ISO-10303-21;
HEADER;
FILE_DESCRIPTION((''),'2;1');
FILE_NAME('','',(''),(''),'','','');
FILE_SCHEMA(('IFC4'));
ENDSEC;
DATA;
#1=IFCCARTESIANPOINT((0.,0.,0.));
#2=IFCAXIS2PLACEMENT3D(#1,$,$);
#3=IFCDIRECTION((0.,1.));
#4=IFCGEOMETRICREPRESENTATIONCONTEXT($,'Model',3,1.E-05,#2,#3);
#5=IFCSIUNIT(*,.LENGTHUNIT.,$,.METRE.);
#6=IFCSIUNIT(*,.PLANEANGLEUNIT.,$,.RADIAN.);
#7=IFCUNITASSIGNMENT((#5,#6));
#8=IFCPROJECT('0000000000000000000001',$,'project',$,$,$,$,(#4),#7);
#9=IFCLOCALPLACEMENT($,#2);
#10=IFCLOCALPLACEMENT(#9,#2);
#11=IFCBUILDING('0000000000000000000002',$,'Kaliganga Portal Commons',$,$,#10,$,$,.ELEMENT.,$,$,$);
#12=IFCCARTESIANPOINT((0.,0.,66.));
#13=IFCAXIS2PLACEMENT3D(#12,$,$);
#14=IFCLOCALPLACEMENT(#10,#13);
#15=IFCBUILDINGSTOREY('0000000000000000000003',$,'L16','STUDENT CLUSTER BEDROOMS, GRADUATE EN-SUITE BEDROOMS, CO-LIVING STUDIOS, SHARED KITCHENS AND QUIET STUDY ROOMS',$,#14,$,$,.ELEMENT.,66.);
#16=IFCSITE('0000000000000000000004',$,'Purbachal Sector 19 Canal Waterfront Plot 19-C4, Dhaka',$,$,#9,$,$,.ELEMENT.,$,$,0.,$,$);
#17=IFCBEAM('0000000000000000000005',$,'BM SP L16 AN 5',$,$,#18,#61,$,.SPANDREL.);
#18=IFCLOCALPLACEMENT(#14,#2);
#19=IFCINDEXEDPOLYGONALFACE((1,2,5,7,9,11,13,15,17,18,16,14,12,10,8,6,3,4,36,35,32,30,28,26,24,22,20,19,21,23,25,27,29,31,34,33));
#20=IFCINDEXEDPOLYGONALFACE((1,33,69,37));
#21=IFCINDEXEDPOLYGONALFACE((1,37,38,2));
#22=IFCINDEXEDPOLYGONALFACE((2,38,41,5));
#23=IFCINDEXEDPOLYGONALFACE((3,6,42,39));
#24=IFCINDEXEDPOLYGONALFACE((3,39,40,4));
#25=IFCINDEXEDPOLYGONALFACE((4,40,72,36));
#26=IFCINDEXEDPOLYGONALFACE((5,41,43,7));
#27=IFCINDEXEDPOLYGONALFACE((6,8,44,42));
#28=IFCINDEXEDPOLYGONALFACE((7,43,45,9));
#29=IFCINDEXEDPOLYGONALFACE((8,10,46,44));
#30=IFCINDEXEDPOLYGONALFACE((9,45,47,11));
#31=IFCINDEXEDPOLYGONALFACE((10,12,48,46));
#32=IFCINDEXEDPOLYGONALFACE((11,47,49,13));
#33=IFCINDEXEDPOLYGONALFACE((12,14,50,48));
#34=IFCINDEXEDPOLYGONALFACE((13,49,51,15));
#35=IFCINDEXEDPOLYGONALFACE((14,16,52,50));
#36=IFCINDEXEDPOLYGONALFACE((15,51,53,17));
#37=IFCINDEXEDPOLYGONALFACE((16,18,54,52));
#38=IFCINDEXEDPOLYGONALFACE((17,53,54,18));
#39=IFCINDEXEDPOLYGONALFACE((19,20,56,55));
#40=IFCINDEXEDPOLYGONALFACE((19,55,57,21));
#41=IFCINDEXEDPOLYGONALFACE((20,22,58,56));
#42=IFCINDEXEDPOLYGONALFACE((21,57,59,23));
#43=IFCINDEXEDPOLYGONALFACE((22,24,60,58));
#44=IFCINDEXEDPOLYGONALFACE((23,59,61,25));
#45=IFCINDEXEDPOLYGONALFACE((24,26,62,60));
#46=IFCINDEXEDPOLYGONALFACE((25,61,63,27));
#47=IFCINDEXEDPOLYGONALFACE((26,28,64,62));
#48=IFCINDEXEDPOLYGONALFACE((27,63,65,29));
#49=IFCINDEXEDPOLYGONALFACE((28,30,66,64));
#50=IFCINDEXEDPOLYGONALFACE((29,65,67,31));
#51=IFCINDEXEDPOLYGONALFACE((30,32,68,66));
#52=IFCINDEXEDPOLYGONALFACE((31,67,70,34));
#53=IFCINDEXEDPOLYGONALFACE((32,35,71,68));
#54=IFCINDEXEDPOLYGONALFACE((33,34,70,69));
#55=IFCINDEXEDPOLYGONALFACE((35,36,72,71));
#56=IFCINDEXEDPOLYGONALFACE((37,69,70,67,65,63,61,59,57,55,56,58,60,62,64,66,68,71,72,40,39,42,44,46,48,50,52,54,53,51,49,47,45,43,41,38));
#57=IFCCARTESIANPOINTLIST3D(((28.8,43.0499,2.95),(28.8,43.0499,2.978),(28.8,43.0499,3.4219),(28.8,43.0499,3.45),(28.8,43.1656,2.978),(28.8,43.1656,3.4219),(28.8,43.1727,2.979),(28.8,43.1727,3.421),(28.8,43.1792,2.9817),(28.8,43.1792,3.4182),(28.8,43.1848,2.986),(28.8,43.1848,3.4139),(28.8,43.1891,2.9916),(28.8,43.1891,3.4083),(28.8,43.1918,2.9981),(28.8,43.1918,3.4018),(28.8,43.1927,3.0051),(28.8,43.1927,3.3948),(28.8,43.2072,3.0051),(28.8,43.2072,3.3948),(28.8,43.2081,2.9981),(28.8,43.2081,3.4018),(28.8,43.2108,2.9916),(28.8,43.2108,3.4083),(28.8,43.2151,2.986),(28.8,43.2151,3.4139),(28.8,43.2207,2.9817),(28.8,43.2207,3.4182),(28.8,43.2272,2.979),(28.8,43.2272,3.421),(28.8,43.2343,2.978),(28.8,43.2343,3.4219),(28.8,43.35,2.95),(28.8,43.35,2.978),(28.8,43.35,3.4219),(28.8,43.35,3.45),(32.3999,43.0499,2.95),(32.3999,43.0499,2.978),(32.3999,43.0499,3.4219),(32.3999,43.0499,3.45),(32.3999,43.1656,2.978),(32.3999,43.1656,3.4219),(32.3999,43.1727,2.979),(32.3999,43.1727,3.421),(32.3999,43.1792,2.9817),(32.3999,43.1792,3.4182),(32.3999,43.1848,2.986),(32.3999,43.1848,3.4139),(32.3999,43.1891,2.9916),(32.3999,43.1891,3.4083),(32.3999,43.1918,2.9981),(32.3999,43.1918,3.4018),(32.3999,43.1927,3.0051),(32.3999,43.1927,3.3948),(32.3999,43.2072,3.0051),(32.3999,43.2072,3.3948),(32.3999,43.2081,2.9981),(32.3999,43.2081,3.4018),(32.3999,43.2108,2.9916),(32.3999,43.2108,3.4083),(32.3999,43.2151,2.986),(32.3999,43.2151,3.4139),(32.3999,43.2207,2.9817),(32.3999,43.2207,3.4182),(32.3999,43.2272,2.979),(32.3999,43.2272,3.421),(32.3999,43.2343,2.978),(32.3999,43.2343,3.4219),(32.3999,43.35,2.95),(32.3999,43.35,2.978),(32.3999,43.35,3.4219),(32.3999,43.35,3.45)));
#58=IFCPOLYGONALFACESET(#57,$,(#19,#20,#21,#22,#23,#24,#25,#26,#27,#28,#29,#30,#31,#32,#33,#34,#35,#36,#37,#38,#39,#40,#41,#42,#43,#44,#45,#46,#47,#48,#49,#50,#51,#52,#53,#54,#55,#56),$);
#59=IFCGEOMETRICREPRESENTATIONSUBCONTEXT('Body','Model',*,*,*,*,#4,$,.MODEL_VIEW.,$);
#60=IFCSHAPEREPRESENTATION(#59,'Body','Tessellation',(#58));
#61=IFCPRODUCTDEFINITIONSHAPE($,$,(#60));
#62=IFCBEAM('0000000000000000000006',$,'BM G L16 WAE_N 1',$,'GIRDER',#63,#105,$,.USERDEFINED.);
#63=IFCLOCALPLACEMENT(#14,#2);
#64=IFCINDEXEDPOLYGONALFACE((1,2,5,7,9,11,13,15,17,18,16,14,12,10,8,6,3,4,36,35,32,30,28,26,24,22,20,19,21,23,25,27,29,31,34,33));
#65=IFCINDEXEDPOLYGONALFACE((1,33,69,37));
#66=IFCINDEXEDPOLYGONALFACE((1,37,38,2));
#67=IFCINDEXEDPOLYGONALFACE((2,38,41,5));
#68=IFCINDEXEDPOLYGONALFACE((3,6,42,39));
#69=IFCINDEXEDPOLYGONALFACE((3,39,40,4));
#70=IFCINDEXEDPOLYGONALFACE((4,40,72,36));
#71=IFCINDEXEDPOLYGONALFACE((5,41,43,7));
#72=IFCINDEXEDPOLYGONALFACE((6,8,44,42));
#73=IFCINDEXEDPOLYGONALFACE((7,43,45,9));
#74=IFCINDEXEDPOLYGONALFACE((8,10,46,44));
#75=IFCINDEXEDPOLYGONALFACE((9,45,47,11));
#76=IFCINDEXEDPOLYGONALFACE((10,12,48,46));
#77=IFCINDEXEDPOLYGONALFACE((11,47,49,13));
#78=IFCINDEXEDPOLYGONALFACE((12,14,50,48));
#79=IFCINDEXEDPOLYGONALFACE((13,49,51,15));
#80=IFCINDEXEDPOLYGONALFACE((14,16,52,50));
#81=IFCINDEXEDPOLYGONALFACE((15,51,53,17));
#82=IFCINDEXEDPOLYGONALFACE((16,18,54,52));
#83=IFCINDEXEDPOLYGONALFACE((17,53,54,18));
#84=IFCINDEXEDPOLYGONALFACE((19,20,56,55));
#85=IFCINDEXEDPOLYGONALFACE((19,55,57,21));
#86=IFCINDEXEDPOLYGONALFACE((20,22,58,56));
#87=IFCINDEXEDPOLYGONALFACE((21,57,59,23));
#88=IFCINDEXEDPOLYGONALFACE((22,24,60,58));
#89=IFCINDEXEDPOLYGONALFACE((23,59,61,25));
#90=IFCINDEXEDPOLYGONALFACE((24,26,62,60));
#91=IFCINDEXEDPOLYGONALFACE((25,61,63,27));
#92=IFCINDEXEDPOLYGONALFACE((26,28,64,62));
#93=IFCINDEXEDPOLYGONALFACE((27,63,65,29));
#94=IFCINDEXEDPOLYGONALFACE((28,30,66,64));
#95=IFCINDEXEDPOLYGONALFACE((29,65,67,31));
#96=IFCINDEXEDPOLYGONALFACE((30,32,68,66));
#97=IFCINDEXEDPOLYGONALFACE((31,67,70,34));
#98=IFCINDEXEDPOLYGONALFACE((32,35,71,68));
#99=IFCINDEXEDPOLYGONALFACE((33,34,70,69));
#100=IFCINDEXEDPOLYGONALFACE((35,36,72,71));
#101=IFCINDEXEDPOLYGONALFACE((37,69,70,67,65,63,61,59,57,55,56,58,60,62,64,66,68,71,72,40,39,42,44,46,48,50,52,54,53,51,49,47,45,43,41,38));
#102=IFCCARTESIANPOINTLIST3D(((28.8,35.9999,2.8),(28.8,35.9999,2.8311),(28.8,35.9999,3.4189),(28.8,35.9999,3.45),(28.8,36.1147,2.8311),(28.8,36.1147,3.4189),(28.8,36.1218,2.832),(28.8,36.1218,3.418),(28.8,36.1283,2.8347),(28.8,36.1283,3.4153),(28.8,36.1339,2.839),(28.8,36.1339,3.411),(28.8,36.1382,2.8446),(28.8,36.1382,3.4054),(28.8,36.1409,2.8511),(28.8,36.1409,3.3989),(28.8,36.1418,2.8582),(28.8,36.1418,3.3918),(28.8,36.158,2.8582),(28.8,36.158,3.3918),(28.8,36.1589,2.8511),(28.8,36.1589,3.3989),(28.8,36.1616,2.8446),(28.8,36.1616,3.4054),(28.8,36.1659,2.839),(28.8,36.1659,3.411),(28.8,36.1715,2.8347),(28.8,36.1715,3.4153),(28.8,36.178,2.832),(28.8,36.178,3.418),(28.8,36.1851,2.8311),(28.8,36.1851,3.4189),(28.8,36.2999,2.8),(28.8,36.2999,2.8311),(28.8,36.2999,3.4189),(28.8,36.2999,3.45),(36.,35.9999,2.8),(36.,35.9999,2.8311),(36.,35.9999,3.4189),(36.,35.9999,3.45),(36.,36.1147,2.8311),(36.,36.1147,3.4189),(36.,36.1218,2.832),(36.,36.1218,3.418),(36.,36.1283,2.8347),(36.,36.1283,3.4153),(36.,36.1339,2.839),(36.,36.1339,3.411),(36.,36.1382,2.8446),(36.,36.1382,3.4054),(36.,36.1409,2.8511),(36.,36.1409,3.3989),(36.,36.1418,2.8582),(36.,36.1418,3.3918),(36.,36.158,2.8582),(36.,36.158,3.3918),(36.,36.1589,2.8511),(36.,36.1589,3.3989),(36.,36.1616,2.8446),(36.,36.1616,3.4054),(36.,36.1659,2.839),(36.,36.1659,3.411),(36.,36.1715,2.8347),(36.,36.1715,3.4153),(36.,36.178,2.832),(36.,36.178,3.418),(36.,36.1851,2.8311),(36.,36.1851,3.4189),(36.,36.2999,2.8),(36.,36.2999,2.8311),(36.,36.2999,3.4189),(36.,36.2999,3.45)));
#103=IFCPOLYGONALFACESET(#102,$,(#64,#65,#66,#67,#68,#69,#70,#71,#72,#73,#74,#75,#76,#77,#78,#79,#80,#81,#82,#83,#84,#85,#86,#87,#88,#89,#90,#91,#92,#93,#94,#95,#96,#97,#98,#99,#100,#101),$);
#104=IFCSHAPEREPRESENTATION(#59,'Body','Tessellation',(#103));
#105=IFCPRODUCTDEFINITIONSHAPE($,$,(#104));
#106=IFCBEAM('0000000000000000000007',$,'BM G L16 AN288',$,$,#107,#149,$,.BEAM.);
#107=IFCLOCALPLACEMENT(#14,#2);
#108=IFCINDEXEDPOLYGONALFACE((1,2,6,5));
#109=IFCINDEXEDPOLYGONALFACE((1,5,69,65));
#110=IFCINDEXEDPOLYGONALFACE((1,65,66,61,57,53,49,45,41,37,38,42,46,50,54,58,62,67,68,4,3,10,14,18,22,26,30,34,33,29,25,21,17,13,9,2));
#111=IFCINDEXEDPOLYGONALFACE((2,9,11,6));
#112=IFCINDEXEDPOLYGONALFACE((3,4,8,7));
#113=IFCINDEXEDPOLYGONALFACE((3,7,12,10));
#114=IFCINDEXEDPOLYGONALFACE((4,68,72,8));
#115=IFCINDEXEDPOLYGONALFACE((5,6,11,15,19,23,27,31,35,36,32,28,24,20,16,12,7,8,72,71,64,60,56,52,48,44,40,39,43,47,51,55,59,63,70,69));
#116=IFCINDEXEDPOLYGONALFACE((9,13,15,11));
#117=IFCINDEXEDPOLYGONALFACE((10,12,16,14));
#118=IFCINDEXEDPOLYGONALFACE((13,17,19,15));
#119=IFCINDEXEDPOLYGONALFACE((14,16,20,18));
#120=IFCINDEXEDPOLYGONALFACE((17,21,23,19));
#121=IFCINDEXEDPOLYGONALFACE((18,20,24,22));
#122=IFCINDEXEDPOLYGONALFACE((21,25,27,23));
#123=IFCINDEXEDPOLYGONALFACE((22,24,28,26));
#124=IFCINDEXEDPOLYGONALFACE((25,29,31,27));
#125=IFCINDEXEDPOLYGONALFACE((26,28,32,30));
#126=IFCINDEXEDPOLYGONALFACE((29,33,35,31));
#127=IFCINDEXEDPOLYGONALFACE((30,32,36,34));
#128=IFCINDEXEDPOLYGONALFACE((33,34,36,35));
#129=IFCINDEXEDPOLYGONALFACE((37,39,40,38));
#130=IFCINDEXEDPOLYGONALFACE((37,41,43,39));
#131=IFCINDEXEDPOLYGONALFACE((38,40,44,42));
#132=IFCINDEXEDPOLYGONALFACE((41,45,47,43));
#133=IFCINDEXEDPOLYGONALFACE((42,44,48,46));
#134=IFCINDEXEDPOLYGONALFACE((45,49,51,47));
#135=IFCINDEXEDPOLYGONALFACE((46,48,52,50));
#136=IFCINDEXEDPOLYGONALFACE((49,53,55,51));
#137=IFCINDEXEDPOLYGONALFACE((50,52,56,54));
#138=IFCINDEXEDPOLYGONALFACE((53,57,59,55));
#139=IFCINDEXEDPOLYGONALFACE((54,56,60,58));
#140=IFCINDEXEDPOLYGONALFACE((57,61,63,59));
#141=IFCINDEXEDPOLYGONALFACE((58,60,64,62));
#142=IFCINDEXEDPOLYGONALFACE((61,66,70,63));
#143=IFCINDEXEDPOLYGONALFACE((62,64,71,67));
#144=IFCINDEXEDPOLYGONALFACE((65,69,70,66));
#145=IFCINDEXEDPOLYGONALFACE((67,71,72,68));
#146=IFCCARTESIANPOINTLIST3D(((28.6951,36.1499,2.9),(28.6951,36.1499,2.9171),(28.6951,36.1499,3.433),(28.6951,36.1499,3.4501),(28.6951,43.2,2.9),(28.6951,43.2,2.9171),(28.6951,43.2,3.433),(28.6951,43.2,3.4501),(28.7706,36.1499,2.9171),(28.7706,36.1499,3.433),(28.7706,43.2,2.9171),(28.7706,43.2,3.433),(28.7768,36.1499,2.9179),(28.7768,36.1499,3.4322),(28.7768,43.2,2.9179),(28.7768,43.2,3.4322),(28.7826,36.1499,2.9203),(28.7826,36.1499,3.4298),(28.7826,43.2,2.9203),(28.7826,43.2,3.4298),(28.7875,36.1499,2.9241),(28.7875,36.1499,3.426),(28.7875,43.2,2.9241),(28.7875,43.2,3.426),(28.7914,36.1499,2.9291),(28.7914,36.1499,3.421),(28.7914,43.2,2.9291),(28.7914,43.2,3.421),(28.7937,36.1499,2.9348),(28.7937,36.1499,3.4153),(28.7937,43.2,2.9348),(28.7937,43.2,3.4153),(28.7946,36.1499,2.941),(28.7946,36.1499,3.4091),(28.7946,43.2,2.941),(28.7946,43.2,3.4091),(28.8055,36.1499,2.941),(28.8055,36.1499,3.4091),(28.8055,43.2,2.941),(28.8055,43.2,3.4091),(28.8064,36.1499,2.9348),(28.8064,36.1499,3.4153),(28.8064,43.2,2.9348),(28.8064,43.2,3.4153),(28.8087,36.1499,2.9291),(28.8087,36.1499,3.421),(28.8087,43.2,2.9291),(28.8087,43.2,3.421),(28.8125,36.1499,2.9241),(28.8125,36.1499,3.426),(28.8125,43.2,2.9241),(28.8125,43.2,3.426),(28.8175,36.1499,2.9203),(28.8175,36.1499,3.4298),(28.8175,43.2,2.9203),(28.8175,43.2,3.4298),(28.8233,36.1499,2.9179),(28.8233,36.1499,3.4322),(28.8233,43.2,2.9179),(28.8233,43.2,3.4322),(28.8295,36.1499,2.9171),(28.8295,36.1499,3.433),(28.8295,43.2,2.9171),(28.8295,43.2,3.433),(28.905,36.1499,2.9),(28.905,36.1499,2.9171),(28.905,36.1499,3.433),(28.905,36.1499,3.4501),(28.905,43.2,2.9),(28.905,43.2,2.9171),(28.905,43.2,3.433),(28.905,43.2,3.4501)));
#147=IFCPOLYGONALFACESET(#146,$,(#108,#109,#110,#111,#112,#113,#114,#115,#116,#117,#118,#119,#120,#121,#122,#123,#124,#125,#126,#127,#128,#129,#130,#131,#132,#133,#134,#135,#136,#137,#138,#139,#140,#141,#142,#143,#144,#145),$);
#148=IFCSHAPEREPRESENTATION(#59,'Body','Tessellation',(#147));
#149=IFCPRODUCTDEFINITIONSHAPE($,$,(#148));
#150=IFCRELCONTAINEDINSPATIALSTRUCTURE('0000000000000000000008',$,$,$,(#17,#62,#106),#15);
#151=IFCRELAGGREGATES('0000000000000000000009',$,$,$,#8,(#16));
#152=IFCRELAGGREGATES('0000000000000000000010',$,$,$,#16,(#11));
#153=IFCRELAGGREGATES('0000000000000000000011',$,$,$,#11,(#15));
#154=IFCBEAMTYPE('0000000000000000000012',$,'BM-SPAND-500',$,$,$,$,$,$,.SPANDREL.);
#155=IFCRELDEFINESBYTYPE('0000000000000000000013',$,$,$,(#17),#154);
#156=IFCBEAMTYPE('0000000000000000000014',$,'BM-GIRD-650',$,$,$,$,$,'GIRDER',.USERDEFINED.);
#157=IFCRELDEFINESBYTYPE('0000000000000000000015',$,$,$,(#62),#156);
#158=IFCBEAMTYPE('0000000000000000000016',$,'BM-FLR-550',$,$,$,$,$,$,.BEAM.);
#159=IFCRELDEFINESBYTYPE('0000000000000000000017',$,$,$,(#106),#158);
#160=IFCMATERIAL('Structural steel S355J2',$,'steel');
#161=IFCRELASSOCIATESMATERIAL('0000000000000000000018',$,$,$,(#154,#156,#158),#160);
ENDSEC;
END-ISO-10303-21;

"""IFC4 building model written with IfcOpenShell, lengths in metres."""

from ifc_helpers import new_model, si_unit, direction, frame, origin, origin_2d, place, context, subcontext, project, spatial, i_section, extrude, source, transform, mapped, material, material_profile, profile_set, type_object, element, save


model = new_model("IFC4")

# Units and contexts
model_context = context("Model", 3, precision=1e-05, world=origin(), true_north=direction((0.0, 1.0)))
body_context = subcontext(model_context, "Body", "Model", "MODEL_VIEW")
ifc_project = project(units=[si_unit("LENGTHUNIT", "METRE"), si_unit("PLANEANGLEUNIT", "RADIAN")], contexts=[model_context])

# Site, building, storey
site_placement = place(None, origin())
site = spatial("IfcSite", under=ifc_project, at=site_placement, Name="Purbachal Sector 19 Canal Waterfront Plot 19-C4, Dhaka", CompositionType="ELEMENT", RefElevation=0.0)
building_placement = place(site_placement, origin())
building = spatial("IfcBuilding", under=site, at=building_placement, Name="Kaliganga Portal Commons", CompositionType="ELEMENT")
storey_placement = place(building_placement, frame((0.0, 0.0, 66.0)))
storey = spatial("IfcBuildingStorey", under=building, at=storey_placement, Name="L16", Description="STUDENT CLUSTER BEDROOMS, GRADUATE EN-SUITE BEDROOMS, CO-LIVING STUDIOS, SHARED KITCHENS AND QUIET STUDY ROOMS", CompositionType="ELEMENT", Elevation=66.0)

# Beams
ifc_material_1 = material(Name="Structural steel S355J2", Category="steel")
ifc_material_profile_1 = material_profile(ifc_material_1, i_section(OverallWidth=0.3, OverallDepth=0.5, WebThickness=0.0144, FlangeThickness=0.0281, FilletRadius=0.0271, at=origin_2d()), Name="HE 500 B")
ifc_profile_set_1 = profile_set([ifc_material_profile_1], Name="Structural steel S355J2 wide-flange")
beam_type_1 = type_object("IfcBeamType", Name="BM-SPAND-500", PredefinedType="SPANDREL", material=ifc_profile_set_1)
shared_shape_1 = source(origin(), body_context, "Body", "SweptSolid", [
    extrude(i_section(OverallWidth=0.3, OverallDepth=0.5, WebThickness=0.0144, FlangeThickness=0.0281, FilletRadius=0.0271, at=origin_2d()), origin(), (0.0, 0.0, 1.0), 3.5999),
])
for number, where, z_axis, x_axis, name in (
    (1, (28.8, 43.2, 3.2), (1.0, 0.0, 0.0), (0.0, 1.0, 0.0), "BM SP L16 AN 5"),
):
    element("IfcBeam", number, at=place(storey_placement, frame(where, z_axis=z_axis, x_axis=x_axis)), inside=storey, type_object=beam_type_1, Name=name, PredefinedType="SPANDREL", context=body_context, shape_type="MappedRepresentation", body=[
        mapped(shared_shape_1, transform((0.0, 0.0, 0.0), x_axis=(1.0, 0.0, 0.0), y_axis=(0.0, 1.0, 0.0), z_axis=(0.0, 0.0, 1.0), scale=1.0)),
    ])
ifc_material_profile_2 = material_profile(ifc_material_1, i_section(OverallWidth=0.3, OverallDepth=0.6499, WebThickness=0.0161, FlangeThickness=0.031, FilletRadius=0.0271, at=origin_2d()), Name="HE 650 B")
ifc_profile_set_2 = profile_set([ifc_material_profile_2], Name="Structural steel S355J2 wide-flange")
beam_type_2 = type_object("IfcBeamType", Name="BM-GIRD-650", ElementType="GIRDER", PredefinedType="USERDEFINED", material=ifc_profile_set_2)
shared_shape_2 = source(origin(), body_context, "Body", "SweptSolid", [
    extrude(i_section(OverallWidth=0.3, OverallDepth=0.6499, WebThickness=0.0161, FlangeThickness=0.031, FilletRadius=0.0271, at=origin_2d()), origin(), (0.0, 0.0, 1.0), 7.2),
])
beam_1_placement = place(storey_placement, frame((28.8, 36.1499, 3.125), z_axis=(1.0, 0.0, 0.0), x_axis=(0.0, 1.0, 0.0)))
element("IfcBeam", 2, at=beam_1_placement, inside=storey, type_object=beam_type_2, Name="BM G L16 WAE_N 1", ObjectType="GIRDER", PredefinedType="USERDEFINED", context=body_context, shape_type="MappedRepresentation", body=[
    mapped(shared_shape_2, transform((0.0, 0.0, 0.0), x_axis=(1.0, 0.0, 0.0), y_axis=(0.0, 1.0, 0.0), z_axis=(0.0, 0.0, 1.0), scale=1.0)),
])
ifc_material_profile_3 = material_profile(ifc_material_1, i_section(OverallWidth=0.21, OverallDepth=0.55, WebThickness=0.011, FlangeThickness=0.0171, FilletRadius=0.0239, at=origin_2d()), Name="IPE 550")
ifc_profile_set_3 = profile_set([ifc_material_profile_3], Name="Structural steel S355J2 wide-flange")
beam_type_3 = type_object("IfcBeamType", Name="BM-FLR-550", PredefinedType="BEAM", material=ifc_profile_set_3)
shared_shape_3 = source(origin(), body_context, "Body", "SweptSolid", [
    extrude(i_section(OverallWidth=0.21, OverallDepth=0.55, WebThickness=0.011, FlangeThickness=0.0171, FilletRadius=0.0239, at=origin_2d()), origin(), (0.0, 0.0, 1.0), 7.05),
])
beam_2_placement = place(storey_placement, frame((28.8, 36.1499, 3.175), z_axis=(0.0, 1.0, 0.0), x_axis=(-1.0, 0.0, 0.0)))
element("IfcBeam", 3, at=beam_2_placement, inside=storey, type_object=beam_type_3, Name="BM G L16 AN288", PredefinedType="BEAM", context=body_context, shape_type="MappedRepresentation", body=[
    mapped(shared_shape_3, transform((0.0, 0.0, 0.0), x_axis=(1.0, 0.0, 0.0), y_axis=(0.0, 1.0, 0.0), z_axis=(0.0, 0.0, 1.0), scale=1.0)),
])

save(model, "model.ifc")
